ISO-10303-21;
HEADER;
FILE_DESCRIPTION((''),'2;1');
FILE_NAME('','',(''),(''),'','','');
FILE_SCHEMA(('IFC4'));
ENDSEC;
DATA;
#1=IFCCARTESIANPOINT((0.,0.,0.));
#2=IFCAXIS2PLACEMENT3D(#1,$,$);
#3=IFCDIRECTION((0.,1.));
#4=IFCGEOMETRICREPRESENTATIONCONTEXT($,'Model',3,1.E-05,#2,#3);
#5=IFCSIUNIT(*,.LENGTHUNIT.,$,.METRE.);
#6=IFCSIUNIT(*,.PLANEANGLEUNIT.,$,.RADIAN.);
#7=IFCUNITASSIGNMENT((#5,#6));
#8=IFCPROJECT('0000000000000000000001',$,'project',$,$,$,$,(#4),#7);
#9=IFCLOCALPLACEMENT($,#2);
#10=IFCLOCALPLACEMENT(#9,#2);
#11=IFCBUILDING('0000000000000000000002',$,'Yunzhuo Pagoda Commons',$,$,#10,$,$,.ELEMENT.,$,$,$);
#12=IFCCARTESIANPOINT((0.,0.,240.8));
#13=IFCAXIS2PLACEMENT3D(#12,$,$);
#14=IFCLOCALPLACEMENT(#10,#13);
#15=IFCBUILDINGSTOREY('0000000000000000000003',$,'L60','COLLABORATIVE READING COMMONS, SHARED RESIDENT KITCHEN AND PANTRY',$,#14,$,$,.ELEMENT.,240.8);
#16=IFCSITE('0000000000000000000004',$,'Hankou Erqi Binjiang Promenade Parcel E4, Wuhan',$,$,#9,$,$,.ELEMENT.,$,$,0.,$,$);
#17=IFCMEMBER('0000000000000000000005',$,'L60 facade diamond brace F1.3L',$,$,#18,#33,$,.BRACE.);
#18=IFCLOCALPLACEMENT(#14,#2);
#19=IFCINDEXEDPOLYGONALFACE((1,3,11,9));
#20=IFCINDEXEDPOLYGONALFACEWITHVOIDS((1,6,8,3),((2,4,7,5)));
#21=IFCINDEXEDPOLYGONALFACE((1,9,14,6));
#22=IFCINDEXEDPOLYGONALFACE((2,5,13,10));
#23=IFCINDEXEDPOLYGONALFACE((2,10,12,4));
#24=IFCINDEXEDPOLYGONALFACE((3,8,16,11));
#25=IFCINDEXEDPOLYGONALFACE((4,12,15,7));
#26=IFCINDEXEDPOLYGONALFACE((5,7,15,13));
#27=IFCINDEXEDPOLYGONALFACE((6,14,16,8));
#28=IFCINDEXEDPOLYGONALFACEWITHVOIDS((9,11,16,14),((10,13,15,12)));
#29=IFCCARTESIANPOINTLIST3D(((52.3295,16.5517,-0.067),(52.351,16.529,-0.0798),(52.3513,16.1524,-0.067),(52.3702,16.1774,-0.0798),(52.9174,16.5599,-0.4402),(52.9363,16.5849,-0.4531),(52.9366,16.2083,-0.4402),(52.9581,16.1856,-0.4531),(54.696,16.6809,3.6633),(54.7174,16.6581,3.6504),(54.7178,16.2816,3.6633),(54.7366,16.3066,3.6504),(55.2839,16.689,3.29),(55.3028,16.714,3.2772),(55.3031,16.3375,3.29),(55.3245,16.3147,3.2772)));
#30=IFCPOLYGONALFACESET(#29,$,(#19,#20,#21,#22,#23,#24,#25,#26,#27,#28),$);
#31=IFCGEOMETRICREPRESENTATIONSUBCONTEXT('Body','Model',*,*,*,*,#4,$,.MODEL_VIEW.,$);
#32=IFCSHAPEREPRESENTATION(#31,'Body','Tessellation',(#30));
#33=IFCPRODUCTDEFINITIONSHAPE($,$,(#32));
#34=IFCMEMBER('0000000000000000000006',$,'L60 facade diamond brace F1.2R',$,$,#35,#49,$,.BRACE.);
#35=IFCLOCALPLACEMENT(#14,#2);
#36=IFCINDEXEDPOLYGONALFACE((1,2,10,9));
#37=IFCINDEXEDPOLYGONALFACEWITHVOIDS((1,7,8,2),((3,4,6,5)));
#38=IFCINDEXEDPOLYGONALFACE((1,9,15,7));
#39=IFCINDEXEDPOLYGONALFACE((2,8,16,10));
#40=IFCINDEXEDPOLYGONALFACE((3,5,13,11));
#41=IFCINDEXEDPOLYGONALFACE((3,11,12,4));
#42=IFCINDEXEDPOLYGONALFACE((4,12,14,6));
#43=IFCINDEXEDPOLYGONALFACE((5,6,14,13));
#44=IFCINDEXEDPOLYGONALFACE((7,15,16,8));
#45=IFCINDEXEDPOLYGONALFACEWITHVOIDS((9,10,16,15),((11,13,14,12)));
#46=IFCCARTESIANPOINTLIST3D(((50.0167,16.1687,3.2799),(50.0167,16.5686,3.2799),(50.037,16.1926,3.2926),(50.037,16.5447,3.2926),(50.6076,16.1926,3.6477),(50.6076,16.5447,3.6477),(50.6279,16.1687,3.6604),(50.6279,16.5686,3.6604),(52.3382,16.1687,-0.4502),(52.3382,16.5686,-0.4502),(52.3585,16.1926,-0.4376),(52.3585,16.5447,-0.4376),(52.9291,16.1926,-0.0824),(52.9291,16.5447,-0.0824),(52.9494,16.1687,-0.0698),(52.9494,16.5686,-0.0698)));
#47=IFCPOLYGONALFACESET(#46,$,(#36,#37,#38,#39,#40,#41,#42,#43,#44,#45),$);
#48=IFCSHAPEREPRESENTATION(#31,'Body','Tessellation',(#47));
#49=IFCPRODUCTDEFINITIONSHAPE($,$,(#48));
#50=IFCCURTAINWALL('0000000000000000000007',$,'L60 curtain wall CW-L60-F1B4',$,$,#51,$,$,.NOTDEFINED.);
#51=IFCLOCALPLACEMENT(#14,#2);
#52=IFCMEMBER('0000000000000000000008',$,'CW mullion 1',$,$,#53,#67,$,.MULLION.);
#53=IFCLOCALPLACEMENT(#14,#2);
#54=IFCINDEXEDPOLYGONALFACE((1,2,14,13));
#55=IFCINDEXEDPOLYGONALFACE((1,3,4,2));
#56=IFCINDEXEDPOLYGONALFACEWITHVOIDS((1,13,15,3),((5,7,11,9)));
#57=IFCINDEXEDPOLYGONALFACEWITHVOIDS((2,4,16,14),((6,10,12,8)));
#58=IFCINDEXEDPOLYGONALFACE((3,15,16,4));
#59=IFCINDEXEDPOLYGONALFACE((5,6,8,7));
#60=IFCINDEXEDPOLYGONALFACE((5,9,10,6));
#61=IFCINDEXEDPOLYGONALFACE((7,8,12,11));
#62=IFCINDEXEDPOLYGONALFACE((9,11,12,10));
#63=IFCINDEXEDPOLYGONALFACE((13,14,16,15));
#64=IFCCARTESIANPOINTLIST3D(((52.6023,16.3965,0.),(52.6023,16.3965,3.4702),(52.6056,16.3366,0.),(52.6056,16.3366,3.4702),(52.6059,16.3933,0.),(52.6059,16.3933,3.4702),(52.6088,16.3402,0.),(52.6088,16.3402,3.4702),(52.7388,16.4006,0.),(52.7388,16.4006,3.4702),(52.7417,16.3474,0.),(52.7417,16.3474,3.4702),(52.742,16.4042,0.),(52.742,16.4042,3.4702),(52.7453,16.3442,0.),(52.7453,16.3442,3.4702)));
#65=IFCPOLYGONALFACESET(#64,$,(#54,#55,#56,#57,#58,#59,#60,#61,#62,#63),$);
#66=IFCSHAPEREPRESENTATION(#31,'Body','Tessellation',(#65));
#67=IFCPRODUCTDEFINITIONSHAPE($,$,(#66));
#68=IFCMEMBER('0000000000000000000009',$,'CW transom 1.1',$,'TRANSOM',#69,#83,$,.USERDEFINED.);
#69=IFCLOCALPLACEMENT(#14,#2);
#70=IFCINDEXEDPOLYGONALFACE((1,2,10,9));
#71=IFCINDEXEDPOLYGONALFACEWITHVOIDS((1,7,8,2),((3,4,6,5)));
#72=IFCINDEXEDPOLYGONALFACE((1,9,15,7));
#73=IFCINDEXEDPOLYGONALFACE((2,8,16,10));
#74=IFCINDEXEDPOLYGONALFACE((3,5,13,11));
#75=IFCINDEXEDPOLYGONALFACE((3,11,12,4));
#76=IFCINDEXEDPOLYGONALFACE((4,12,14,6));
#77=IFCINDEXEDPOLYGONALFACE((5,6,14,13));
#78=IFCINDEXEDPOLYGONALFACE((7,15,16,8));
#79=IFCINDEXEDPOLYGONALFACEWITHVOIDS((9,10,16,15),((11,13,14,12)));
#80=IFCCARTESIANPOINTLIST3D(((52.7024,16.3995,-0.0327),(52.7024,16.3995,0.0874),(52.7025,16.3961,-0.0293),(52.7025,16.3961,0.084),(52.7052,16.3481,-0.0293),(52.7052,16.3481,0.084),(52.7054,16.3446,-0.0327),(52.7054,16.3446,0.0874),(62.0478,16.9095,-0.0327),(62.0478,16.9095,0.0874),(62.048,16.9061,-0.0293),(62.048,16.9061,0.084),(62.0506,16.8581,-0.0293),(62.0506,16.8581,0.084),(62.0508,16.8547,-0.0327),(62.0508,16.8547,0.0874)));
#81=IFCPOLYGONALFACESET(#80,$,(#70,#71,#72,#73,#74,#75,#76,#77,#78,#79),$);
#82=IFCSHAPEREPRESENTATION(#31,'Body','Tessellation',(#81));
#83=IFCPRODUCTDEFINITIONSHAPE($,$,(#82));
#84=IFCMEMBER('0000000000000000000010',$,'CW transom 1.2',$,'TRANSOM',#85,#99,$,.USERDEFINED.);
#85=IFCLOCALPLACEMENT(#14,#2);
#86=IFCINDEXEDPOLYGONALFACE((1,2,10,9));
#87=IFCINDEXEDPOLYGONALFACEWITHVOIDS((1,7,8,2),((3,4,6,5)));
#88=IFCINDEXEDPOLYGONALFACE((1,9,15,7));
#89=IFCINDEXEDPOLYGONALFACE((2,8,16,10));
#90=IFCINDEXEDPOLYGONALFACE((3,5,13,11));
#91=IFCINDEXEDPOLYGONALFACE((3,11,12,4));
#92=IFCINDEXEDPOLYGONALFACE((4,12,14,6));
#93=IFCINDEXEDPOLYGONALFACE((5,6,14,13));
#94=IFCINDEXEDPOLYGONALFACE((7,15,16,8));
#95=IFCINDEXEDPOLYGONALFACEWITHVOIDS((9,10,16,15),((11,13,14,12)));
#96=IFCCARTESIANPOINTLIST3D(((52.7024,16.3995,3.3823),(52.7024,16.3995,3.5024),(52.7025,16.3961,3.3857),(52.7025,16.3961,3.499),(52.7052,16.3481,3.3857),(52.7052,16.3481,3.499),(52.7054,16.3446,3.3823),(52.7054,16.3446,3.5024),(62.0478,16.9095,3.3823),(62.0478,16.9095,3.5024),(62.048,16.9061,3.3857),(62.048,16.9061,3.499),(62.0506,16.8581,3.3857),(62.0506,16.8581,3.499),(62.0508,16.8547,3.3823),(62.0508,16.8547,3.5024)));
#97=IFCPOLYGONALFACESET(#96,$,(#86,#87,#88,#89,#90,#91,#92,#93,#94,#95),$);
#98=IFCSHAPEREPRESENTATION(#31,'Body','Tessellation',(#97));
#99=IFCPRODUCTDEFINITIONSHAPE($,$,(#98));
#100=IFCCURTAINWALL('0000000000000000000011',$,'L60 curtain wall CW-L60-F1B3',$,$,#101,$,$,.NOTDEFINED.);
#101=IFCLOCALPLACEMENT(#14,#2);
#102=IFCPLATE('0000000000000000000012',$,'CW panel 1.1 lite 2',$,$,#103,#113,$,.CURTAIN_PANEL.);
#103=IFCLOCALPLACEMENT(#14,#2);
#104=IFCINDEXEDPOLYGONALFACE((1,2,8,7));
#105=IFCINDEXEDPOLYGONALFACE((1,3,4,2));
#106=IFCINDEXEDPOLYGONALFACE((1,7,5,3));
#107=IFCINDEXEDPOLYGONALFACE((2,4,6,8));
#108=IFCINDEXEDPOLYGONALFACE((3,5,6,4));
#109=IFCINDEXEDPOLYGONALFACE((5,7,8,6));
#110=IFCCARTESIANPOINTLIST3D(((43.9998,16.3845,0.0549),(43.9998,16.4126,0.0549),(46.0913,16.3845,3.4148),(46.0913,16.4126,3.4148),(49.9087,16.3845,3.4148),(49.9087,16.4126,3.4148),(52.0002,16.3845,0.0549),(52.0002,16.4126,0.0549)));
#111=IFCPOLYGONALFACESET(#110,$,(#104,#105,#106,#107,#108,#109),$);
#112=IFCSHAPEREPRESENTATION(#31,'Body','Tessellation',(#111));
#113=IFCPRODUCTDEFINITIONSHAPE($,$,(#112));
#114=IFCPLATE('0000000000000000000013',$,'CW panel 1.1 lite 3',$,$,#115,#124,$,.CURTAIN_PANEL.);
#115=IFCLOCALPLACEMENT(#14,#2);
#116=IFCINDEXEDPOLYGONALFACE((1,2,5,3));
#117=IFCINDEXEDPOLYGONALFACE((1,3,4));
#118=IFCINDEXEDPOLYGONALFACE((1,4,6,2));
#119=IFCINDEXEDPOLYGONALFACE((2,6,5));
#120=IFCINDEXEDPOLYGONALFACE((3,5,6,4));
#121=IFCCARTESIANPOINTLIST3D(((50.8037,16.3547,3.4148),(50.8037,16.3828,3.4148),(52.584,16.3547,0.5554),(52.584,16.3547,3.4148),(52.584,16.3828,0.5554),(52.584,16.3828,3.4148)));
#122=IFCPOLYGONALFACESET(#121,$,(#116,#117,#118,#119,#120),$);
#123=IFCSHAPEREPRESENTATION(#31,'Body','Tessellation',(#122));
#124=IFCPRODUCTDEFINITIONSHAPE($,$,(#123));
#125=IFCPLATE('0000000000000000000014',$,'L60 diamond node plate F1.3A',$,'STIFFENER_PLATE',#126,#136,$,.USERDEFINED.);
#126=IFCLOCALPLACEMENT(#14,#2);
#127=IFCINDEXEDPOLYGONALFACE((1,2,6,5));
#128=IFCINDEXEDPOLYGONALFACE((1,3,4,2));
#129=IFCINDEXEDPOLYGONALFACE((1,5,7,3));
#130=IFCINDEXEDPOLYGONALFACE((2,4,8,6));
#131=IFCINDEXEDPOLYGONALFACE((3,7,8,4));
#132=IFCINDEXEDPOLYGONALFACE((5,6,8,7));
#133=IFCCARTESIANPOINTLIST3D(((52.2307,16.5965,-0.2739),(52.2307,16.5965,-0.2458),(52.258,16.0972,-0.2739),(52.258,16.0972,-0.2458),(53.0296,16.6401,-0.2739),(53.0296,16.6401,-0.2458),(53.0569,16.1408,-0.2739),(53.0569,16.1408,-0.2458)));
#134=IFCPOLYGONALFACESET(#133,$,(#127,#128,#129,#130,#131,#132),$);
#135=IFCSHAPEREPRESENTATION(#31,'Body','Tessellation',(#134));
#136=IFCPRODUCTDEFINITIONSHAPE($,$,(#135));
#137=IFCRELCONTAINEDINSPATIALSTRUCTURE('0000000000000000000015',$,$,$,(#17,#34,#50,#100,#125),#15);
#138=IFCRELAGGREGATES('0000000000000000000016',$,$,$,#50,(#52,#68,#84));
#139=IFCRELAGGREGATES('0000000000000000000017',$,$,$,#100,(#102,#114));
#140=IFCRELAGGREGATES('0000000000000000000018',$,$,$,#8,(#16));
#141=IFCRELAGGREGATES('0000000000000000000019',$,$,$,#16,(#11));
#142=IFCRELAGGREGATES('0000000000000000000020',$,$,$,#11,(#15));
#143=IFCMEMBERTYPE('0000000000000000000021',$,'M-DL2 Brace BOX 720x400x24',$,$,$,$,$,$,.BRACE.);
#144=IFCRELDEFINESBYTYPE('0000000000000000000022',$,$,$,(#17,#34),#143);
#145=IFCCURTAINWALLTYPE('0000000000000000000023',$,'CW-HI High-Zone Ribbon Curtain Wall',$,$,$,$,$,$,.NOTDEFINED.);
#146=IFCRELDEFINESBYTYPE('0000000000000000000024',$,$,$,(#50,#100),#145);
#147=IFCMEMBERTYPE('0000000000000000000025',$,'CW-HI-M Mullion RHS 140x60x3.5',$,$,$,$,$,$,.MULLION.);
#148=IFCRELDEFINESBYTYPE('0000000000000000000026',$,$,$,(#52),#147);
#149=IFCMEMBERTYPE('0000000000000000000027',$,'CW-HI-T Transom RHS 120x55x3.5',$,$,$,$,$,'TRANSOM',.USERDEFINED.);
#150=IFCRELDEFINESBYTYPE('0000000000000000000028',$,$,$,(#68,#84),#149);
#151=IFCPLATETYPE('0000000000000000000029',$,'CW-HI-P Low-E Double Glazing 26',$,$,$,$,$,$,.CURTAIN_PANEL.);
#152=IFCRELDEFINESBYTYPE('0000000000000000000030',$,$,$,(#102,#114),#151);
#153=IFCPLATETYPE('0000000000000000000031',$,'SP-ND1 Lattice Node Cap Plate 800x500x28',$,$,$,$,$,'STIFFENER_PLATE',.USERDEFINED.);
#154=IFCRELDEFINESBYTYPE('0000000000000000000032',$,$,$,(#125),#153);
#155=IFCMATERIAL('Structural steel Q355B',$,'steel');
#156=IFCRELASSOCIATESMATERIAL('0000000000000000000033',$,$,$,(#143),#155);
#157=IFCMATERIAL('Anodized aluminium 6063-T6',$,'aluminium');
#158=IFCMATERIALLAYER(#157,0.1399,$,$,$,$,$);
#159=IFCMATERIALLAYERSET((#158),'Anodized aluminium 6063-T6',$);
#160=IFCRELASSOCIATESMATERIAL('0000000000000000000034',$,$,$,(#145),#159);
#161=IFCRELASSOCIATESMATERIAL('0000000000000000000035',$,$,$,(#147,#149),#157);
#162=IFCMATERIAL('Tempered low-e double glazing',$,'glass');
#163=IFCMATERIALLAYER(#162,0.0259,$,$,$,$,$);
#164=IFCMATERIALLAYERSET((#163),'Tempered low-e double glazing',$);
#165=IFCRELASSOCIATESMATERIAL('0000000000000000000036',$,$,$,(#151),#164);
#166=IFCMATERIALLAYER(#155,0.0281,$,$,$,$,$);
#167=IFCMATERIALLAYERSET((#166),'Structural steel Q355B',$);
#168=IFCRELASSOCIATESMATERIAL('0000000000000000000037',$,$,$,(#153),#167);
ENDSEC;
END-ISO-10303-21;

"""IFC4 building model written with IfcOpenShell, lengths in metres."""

from ifc_helpers import new_model, si_unit, direction, frame, origin, origin_2d, place, context, subcontext, project, spatial, polyline, rectangle, hollow_rectangle, outline, extrude, source, transform, mapped, material, layer, layer_set, material_profile, profile_set, type_object, element, aggregate, save


model = new_model("IFC4")

# Units and contexts
model_context = context("Model", 3, precision=1e-05, world=origin(), true_north=direction((0.0, 1.0)))
body_context = subcontext(model_context, "Body", "Model", "MODEL_VIEW")
ifc_project = project(units=[si_unit("LENGTHUNIT", "METRE"), si_unit("PLANEANGLEUNIT", "RADIAN")], contexts=[model_context])

# Site, building, storey
site_placement = place(None, origin())
site = spatial("IfcSite", under=ifc_project, at=site_placement, Name="Hankou Erqi Binjiang Promenade Parcel E4, Wuhan", CompositionType="ELEMENT", RefElevation=0.0)
building_placement = place(site_placement, origin())
building = spatial("IfcBuilding", under=site, at=building_placement, Name="Yunzhuo Pagoda Commons", CompositionType="ELEMENT")
storey_placement = place(building_placement, frame((0.0, 0.0, 240.8)))
storey = spatial("IfcBuildingStorey", under=building, at=storey_placement, Name="L60", Description="COLLABORATIVE READING COMMONS, SHARED RESIDENT KITCHEN AND PANTRY", CompositionType="ELEMENT", Elevation=240.8)

# Shared definitions
ifc_material_1 = material(Name="Structural steel Q355B", Category="steel")

# Members
ifc_material_profile_1 = material_profile(ifc_material_1, hollow_rectangle(XDim=0.3999, YDim=0.72, WallThickness=0.0239, at=origin_2d()), Name="Structural steel Q355B")
ifc_profile_set_1 = profile_set([ifc_material_profile_1], Name="Structural steel Q355B")
member_type_1 = type_object("IfcMemberType", Name="M-DL2 Brace BOX 720x400x24", PredefinedType="BRACE", material=ifc_profile_set_1)
shared_shape_1 = source(origin(), body_context, "Body", "SweptSolid", [
    extrude(hollow_rectangle(XDim=0.3999, YDim=0.72, WallThickness=0.0239, at=origin_2d()), origin(), (0.0, 0.0, 1.0), 4.4194),
])
member_1_placement = place(storey_placement, frame((52.6438, 16.3687, -0.26), z_axis=(0.535466, 0.029223, 0.844051), x_axis=(-0.054494, 0.998514, 0.0)))
element("IfcMember", 1, at=member_1_placement, inside=storey, type_object=member_type_1, Name="L60 facade diamond brace F1.3L", PredefinedType="BRACE", context=body_context, shape_type="MappedRepresentation", body=[
    mapped(shared_shape_1, transform((0.0, 0.0, 0.0), scale=1.0)),
])
shared_shape_2 = source(origin(), body_context, "Body", "SweptSolid", [
    extrude(hollow_rectangle(XDim=0.3999, YDim=0.72, WallThickness=0.0239, at=origin_2d()), origin(), (0.0, 0.0, 1.0), 4.3936),
])
member_2_placement = place(storey_placement, frame((52.6438, 16.3687, -0.26), z_axis=(-0.528385, 0.0, 0.849005), x_axis=(0.0, -1.0, 0.0)))
element("IfcMember", 2, at=member_2_placement, inside=storey, type_object=member_type_1, Name="L60 facade diamond brace F1.2R", PredefinedType="BRACE", context=body_context, shape_type="MappedRepresentation", body=[
    mapped(shared_shape_2, transform((0.0, 0.0, 0.0), scale=1.0)),
])

# Curtain wall, members
ifc_material_2 = material(Name="Anodized aluminium 6063-T6", Category="aluminium")
ifc_layer_1 = layer(ifc_material_2, 0.1399)
ifc_layer_set_1 = layer_set([ifc_layer_1], Name="Anodized aluminium 6063-T6")
curtain_wall_type = type_object("IfcCurtainWallType", Name="CW-HI High-Zone Ribbon Curtain Wall", PredefinedType="NOTDEFINED", material=ifc_layer_set_1)
curtain_wall_1_placement = place(storey_placement, origin())
curtain_wall_1 = element("IfcCurtainWall", 3, at=curtain_wall_1_placement, inside=storey, type_object=curtain_wall_type, Name="L60 curtain wall CW-L60-F1B4", PredefinedType="NOTDEFINED")
ifc_material_profile_2 = material_profile(ifc_material_2, hollow_rectangle(XDim=0.0601, YDim=0.1399, WallThickness=0.0034, at=origin_2d()), Name="Anodized aluminium 6063-T6")
ifc_profile_set_2 = profile_set([ifc_material_profile_2], Name="Anodized aluminium 6063-T6")
member_type_2 = type_object("IfcMemberType", Name="CW-HI-M Mullion RHS 140x60x3.5", PredefinedType="MULLION", material=ifc_profile_set_2)
shared_shape_3 = source(origin(), body_context, "Body", "SweptSolid", [
    extrude(hollow_rectangle(XDim=0.0601, YDim=0.1399, WallThickness=0.0034, at=origin_2d()), origin(), (0.0, 0.0, 1.0), 3.4702),
])
member_3_placement = place(storey_placement, frame((52.6738, 16.3704, 0.0), z_axis=(0.0, 0.0, 1.0), x_axis=(-0.054497, 0.998514, 0.0)))
member_3 = element("IfcMember", 4, at=member_3_placement, type_object=member_type_2, Name="CW mullion 1", PredefinedType="MULLION", context=body_context, shape_type="MappedRepresentation", body=[
    mapped(shared_shape_3, transform((0.0, 0.0, 0.0), scale=1.0)),
])
ifc_material_profile_3 = material_profile(ifc_material_2, hollow_rectangle(XDim=0.0549, YDim=0.1201, WallThickness=0.0034, at=origin_2d()), Name="Anodized aluminium 6063-T6")
ifc_profile_set_3 = profile_set([ifc_material_profile_3], Name="Anodized aluminium 6063-T6")
member_type_3 = type_object("IfcMemberType", Name="CW-HI-T Transom RHS 120x55x3.5", ElementType="TRANSOM", PredefinedType="USERDEFINED", material=ifc_profile_set_3)
shared_shape_4 = source(origin(), body_context, "Body", "SweptSolid", [
    extrude(hollow_rectangle(XDim=0.0549, YDim=0.1201, WallThickness=0.0034, at=origin_2d()), origin(), (0.0, 0.0, 1.0), 9.3594),
])
member_4_placement = place(storey_placement, frame((52.7039, 16.3721, 0.0273), z_axis=(0.998514, 0.054492, 0.0), x_axis=(-0.054492, 0.998514, 0.0)))
member_4 = element("IfcMember", 5, at=member_4_placement, type_object=member_type_3, Name="CW transom 1.1", ObjectType="TRANSOM", PredefinedType="USERDEFINED", context=body_context, shape_type="MappedRepresentation", body=[
    mapped(shared_shape_4, transform((0.0, 0.0, 0.0), scale=1.0)),
])
member_5_placement = place(storey_placement, frame((52.7039, 16.3721, 3.4424), z_axis=(0.998514, 0.054492, 0.0), x_axis=(-0.054492, 0.998514, 0.0)))
member_5 = element("IfcMember", 6, at=member_5_placement, type_object=member_type_3, Name="CW transom 1.2", ObjectType="TRANSOM", PredefinedType="USERDEFINED", context=body_context, shape_type="MappedRepresentation", body=[
    mapped(shared_shape_4, transform((0.0, 0.0, 0.0), scale=1.0)),
])
aggregate(curtain_wall_1, [member_3, member_4, member_5])

# Curtain wall, plates
curtain_wall_2_placement = place(storey_placement, origin())
curtain_wall_2 = element("IfcCurtainWall", 7, at=curtain_wall_2_placement, inside=storey, type_object=curtain_wall_type, Name="L60 curtain wall CW-L60-F1B3", PredefinedType="NOTDEFINED")
ifc_material_3 = material(Name="Tempered low-e double glazing", Category="glass")
ifc_layer_2 = layer(ifc_material_3, 0.0259)
ifc_layer_set_2 = layer_set([ifc_layer_2], Name="Tempered low-e double glazing")
plate_type_1 = type_object("IfcPlateType", Name="CW-HI-P Low-E Double Glazing 26", PredefinedType="CURTAIN_PANEL", material=ifc_layer_set_2)
plate_1_placement = place(storey_placement, frame((48.0, 16.4126, 1.7349), z_axis=(0.0, -1.0, 0.0), x_axis=(1.0, 0.0, 0.0)))
plate_1 = element("IfcPlate", 8, at=plate_1_placement, type_object=plate_type_1, Name="CW panel 1.1 lite 2", PredefinedType="CURTAIN_PANEL", context=body_context, shape_type="SweptSolid", body=[
    extrude(outline(polyline([(-4.0002, -1.6799), (4.0002, -1.6799), (1.9087, 1.6799), (-1.9087, 1.6799), (-4.0002, -1.6799)])), origin(), (0.0, 0.0, 1.0), 0.0281),
])
plate_2_placement = place(storey_placement, frame((51.6938, 16.3828, 1.9851), z_axis=(0.0, -1.0, 0.0), x_axis=(1.0, 0.0, 0.0)))
plate_2 = element("IfcPlate", 9, at=plate_2_placement, type_object=plate_type_1, Name="CW panel 1.1 lite 3", PredefinedType="CURTAIN_PANEL", context=body_context, shape_type="SweptSolid", body=[
    extrude(outline(polyline([(-0.8901, 1.4297), (0.8901, -1.4297), (0.8901, 1.4297), (-0.8901, 1.4297)])), origin(), (0.0, 0.0, 1.0), 0.0281),
])
aggregate(curtain_wall_2, [plate_1, plate_2])

# Plate
ifc_layer_3 = layer(ifc_material_1, 0.0281)
ifc_layer_set_3 = layer_set([ifc_layer_3], Name="Structural steel Q355B")
plate_type_2 = type_object("IfcPlateType", Name="SP-ND1 Lattice Node Cap Plate 800x500x28", ElementType="STIFFENER_PLATE", PredefinedType="USERDEFINED", material=ifc_layer_set_3)
shared_shape_5 = source(origin(), body_context, "Body", "SweptSolid", [
    extrude(rectangle(XDim=0.8, YDim=0.5, at=origin_2d()), origin(), (0.0, 0.0, 1.0), 0.0281),
])
plate_3_placement = place(storey_placement, frame((52.6438, 16.3687, -0.2739), z_axis=(0.0, 0.0, 1.0), x_axis=(0.998514, 0.054497, 0.0)))
element("IfcPlate", 10, at=plate_3_placement, inside=storey, type_object=plate_type_2, Name="L60 diamond node plate F1.3A", ObjectType="STIFFENER_PLATE", PredefinedType="USERDEFINED", context=body_context, shape_type="MappedRepresentation", body=[
    mapped(shared_shape_5, transform((0.0, 0.0, 0.0), scale=1.0)),
])

save(model, "model.ifc")
